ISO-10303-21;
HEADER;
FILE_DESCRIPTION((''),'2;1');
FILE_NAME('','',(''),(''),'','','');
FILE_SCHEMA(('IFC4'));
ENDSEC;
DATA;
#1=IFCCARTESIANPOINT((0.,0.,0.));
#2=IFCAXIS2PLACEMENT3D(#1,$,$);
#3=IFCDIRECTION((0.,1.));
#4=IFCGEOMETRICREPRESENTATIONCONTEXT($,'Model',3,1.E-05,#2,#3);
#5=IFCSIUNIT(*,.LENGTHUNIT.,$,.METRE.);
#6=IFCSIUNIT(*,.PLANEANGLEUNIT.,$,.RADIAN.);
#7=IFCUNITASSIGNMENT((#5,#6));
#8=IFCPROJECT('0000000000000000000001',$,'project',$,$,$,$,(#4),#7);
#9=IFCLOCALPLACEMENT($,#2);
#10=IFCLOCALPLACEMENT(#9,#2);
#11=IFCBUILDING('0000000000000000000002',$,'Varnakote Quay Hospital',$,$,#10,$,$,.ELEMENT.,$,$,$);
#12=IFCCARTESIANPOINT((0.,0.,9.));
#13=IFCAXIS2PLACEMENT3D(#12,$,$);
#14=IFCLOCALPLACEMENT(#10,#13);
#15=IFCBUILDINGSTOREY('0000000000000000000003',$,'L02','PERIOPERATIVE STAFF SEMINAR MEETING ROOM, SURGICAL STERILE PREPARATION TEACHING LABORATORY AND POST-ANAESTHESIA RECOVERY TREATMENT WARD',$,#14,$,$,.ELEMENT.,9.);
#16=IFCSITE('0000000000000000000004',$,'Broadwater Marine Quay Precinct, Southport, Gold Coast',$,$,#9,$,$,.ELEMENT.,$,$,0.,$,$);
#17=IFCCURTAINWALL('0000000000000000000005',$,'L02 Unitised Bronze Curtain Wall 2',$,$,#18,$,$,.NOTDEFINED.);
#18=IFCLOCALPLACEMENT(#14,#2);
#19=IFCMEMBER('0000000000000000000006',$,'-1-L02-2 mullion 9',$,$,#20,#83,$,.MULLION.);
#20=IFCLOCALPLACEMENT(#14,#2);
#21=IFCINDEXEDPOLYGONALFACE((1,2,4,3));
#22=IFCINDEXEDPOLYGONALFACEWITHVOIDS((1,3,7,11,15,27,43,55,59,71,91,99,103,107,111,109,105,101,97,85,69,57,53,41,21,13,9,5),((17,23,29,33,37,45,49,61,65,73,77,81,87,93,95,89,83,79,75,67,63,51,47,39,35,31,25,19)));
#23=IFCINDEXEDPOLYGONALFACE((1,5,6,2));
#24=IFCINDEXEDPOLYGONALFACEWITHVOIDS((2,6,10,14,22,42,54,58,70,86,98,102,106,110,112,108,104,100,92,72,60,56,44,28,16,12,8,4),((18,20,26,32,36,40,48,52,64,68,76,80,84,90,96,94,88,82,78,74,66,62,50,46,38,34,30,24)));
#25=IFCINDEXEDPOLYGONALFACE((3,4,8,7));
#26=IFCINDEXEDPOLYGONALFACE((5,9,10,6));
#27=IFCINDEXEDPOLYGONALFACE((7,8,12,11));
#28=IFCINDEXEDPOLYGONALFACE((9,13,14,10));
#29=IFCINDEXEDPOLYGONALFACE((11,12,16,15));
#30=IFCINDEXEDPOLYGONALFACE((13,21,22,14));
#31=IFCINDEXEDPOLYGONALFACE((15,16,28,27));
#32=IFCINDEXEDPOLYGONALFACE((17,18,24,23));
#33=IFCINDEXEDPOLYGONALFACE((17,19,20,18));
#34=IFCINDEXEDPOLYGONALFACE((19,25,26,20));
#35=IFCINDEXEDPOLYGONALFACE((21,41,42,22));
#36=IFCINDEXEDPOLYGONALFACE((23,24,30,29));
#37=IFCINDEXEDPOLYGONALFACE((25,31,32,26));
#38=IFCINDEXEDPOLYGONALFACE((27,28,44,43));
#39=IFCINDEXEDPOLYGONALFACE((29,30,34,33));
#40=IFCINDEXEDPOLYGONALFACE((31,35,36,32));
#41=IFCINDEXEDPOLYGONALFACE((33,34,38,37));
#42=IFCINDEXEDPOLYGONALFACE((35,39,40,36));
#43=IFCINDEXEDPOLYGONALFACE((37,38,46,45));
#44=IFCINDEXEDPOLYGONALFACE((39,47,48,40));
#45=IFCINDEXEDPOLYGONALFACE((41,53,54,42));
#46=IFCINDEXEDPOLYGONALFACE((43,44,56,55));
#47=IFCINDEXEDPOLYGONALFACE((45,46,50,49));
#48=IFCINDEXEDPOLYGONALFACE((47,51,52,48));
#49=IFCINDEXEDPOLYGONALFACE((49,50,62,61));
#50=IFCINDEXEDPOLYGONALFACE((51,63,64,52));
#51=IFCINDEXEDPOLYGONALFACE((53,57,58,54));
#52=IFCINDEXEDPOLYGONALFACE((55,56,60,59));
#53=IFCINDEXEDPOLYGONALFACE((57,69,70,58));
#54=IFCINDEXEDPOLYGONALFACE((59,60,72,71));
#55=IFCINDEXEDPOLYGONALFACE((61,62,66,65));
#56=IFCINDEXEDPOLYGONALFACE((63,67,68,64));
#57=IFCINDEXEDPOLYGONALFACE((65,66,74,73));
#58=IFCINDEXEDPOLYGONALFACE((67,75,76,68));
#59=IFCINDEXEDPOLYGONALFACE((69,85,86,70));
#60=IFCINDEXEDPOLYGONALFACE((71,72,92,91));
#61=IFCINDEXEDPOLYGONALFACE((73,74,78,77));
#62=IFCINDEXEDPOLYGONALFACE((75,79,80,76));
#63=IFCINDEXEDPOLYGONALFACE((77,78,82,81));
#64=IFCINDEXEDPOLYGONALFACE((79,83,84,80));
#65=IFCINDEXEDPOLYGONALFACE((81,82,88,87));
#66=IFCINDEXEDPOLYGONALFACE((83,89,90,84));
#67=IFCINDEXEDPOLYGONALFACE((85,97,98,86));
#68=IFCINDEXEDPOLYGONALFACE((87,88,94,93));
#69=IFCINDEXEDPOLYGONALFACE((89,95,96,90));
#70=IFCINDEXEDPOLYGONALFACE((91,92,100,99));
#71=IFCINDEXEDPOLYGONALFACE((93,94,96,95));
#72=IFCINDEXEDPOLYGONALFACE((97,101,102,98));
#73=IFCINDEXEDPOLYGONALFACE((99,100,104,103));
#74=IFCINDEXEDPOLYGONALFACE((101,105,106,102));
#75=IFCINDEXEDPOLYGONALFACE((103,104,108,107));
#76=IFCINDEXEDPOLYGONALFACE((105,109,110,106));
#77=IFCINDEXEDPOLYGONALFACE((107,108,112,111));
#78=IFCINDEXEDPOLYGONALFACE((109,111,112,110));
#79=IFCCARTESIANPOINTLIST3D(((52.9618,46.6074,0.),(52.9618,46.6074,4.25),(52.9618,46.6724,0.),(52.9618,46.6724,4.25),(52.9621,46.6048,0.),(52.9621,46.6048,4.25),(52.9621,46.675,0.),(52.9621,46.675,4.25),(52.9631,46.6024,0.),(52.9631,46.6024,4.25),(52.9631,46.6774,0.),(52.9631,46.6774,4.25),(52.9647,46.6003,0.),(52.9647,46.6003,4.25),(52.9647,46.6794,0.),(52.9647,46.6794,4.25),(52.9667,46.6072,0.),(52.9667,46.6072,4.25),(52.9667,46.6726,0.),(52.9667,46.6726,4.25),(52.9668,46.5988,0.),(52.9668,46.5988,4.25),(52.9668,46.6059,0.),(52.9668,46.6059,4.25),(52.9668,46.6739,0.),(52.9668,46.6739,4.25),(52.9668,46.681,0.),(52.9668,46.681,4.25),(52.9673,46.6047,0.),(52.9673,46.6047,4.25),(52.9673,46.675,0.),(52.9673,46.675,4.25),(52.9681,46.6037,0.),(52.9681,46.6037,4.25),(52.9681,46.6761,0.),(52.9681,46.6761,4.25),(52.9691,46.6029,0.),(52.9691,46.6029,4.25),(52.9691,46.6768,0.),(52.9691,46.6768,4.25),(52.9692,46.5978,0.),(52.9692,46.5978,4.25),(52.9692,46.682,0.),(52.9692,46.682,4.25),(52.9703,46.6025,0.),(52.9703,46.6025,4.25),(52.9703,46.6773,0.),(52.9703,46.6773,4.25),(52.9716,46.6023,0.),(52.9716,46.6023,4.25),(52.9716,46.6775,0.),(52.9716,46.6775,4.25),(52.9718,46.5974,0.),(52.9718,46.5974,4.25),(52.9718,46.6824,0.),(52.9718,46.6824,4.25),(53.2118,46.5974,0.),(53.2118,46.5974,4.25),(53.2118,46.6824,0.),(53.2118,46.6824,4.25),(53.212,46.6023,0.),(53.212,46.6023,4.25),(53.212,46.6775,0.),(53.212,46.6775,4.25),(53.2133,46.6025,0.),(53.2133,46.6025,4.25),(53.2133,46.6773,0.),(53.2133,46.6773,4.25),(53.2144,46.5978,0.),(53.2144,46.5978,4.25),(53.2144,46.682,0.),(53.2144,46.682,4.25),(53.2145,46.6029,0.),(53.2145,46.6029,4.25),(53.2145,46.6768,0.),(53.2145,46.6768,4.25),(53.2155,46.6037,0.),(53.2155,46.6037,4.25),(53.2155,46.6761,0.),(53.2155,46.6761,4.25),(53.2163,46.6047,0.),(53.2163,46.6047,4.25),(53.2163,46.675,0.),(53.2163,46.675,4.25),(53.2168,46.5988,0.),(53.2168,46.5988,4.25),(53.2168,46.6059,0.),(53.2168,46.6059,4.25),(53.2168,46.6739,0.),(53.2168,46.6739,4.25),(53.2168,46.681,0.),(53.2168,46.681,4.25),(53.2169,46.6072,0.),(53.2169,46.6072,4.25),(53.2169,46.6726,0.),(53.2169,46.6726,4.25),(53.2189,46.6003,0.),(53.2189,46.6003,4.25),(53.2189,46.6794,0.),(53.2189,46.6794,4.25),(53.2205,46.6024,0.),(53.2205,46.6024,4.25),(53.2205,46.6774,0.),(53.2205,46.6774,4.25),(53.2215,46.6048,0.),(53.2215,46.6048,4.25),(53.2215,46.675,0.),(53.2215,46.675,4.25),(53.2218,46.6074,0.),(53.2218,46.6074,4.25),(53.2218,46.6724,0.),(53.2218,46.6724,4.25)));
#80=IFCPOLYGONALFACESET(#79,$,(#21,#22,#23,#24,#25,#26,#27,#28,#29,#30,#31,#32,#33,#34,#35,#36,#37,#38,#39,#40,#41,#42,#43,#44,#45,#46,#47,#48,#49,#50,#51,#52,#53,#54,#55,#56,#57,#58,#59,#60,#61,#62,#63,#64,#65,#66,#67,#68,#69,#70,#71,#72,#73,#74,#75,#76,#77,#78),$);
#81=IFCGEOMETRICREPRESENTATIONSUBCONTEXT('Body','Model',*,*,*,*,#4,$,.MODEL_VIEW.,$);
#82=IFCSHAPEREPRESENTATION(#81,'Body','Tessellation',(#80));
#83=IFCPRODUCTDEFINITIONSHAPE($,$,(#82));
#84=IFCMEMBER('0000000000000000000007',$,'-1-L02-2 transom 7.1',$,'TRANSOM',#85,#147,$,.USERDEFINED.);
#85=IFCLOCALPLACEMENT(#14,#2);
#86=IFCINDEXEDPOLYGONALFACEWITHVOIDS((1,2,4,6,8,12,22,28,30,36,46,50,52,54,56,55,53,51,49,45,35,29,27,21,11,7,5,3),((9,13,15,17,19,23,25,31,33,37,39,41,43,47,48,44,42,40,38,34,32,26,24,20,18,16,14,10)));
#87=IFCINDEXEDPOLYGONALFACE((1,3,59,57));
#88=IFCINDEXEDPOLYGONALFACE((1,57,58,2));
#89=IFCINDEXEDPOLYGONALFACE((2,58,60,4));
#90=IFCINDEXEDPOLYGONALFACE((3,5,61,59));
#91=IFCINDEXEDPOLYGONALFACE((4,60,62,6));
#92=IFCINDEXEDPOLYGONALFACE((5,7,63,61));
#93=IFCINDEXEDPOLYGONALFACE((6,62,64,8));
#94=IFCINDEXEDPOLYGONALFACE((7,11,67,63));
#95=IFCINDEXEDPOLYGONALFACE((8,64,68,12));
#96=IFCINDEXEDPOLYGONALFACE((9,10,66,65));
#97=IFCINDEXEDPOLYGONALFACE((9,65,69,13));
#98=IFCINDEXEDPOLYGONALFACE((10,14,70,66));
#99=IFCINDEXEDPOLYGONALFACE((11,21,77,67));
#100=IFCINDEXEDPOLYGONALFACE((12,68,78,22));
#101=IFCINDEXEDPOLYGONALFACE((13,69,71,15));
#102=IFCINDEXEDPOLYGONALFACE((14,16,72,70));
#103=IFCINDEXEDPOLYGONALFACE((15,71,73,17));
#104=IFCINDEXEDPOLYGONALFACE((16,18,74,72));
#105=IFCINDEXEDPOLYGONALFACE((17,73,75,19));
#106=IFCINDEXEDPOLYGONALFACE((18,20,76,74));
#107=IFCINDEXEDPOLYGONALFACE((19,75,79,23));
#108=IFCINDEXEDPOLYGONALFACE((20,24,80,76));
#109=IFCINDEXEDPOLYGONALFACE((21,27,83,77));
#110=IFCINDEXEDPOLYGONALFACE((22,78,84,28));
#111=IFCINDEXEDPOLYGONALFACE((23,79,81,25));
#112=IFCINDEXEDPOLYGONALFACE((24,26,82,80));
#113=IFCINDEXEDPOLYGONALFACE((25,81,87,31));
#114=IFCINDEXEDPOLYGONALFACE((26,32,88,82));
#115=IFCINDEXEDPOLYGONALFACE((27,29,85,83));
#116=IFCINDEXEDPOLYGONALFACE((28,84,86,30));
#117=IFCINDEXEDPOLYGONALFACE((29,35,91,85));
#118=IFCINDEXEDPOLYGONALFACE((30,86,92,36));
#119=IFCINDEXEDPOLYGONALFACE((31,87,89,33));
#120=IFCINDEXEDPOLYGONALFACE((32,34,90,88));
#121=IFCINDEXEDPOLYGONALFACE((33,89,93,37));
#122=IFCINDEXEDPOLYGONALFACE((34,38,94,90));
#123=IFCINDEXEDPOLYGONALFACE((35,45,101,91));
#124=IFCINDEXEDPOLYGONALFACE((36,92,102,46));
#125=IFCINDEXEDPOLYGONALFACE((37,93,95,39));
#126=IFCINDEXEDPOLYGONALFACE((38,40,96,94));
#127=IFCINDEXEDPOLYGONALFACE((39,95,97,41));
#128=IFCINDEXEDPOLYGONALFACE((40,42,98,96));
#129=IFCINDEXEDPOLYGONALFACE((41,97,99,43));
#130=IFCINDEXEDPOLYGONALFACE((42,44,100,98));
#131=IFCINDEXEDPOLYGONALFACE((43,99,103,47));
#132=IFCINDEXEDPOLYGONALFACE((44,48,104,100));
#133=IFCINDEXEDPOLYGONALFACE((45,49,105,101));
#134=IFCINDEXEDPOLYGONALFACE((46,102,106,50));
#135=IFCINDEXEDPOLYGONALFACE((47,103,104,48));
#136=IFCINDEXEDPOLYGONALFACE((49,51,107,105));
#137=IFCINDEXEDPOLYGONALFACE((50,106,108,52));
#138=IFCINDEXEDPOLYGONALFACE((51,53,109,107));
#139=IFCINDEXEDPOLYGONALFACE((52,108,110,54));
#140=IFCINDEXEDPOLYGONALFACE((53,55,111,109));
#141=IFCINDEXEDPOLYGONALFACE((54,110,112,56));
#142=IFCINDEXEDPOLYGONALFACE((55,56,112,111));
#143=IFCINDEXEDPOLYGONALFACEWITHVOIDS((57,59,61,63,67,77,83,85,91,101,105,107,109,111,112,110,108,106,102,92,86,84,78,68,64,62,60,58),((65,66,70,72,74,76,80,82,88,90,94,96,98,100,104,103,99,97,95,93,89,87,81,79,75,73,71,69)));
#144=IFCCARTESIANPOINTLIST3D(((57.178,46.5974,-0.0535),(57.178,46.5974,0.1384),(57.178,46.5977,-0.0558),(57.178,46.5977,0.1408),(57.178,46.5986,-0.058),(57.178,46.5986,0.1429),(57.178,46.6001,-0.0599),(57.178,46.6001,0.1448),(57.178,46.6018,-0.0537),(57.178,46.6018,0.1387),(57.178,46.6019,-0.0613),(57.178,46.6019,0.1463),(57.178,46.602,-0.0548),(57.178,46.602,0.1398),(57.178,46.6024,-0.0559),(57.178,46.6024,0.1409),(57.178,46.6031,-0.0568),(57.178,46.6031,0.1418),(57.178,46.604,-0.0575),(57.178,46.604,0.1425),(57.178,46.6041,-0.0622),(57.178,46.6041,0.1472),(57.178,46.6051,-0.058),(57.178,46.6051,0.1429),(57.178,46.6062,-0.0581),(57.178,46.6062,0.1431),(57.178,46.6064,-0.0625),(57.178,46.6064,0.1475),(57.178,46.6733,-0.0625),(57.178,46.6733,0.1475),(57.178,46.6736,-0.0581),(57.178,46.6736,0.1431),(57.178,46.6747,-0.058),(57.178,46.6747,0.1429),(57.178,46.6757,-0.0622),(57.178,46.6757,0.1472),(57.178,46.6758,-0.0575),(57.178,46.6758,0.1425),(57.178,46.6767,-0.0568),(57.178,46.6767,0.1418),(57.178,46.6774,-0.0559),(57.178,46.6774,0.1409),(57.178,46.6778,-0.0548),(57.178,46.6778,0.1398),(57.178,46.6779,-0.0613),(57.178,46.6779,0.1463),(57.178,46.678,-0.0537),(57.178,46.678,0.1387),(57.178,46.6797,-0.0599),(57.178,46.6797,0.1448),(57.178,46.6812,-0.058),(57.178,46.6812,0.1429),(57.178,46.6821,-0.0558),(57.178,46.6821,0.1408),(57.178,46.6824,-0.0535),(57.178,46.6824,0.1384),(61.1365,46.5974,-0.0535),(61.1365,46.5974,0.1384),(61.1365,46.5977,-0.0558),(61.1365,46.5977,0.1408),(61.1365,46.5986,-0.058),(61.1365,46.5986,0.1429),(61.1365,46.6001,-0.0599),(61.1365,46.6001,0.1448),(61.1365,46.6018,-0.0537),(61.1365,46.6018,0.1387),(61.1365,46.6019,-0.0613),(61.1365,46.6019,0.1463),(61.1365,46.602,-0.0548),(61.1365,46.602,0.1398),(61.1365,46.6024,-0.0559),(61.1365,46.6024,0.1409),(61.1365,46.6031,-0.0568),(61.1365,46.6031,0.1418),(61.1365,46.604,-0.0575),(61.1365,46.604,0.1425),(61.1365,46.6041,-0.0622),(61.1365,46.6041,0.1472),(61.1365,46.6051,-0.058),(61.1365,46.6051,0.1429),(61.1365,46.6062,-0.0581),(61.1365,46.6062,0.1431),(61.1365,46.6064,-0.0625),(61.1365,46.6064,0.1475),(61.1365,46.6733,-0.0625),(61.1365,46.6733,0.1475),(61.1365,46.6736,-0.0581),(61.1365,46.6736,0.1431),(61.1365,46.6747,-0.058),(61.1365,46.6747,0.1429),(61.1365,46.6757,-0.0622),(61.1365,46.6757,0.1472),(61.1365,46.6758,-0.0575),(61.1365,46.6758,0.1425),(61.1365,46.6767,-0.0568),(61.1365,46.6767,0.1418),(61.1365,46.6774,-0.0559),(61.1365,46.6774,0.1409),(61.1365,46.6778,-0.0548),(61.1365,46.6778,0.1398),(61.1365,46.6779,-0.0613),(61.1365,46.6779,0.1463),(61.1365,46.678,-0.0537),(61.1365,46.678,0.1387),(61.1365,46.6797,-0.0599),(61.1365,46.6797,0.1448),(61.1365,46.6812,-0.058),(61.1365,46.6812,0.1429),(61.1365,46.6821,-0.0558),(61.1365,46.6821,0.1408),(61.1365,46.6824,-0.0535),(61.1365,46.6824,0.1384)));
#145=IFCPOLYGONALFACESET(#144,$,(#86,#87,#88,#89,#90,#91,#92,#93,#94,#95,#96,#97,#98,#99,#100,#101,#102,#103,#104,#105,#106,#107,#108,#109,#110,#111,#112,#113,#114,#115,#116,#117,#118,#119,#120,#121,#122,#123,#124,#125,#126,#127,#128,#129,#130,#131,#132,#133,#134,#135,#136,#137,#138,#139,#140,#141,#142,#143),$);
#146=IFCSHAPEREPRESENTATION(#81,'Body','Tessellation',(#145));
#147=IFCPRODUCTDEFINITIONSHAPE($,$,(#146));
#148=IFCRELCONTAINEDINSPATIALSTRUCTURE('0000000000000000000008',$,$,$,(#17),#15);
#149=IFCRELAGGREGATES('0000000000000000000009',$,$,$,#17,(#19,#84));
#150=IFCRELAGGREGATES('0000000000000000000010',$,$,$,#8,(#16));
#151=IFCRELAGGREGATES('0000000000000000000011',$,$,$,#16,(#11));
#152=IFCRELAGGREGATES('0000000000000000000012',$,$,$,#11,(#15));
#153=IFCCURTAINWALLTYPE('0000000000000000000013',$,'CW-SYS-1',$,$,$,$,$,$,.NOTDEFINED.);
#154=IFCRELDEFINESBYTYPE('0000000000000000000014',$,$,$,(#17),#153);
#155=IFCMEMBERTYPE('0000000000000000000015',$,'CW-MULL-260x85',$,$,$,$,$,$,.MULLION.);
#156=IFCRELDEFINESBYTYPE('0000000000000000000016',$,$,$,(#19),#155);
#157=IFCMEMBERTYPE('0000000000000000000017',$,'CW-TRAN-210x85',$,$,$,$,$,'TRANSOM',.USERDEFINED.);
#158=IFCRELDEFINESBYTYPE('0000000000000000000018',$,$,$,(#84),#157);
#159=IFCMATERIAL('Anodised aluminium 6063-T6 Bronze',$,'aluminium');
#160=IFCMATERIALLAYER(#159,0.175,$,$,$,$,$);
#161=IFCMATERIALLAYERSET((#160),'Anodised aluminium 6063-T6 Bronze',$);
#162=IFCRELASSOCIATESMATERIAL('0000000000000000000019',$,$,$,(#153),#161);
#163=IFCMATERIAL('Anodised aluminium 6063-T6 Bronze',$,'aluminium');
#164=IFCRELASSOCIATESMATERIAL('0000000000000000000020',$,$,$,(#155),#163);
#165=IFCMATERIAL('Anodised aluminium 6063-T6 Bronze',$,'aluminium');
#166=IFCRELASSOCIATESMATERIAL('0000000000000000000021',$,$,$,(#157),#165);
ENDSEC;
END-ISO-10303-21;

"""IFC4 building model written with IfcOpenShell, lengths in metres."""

from ifc_helpers import new_model, si_unit, direction, frame, origin, origin_2d, place, context, subcontext, project, spatial, hollow_rectangle, extrude, material, layer, layer_set, material_profile, profile_set, type_object, element, aggregate, save


model = new_model("IFC4")

# Units and contexts
model_context = context("Model", 3, precision=1e-05, world=origin(), true_north=direction((0.0, 1.0)))
body_context = subcontext(model_context, "Body", "Model", "MODEL_VIEW")
ifc_project = project(units=[si_unit("LENGTHUNIT", "METRE"), si_unit("PLANEANGLEUNIT", "RADIAN")], contexts=[model_context])

# Site, building, storey
site_placement = place(None, origin())
site = spatial("IfcSite", under=ifc_project, at=site_placement, Name="Broadwater Marine Quay Precinct, Southport, Gold Coast", CompositionType="ELEMENT", RefElevation=0.0)
building_placement = place(site_placement, origin())
building = spatial("IfcBuilding", under=site, at=building_placement, Name="Varnakote Quay Hospital", CompositionType="ELEMENT")
storey_placement = place(building_placement, frame((0.0, 0.0, 9.0)))
storey = spatial("IfcBuildingStorey", under=building, at=storey_placement, Name="L02", Description="PERIOPERATIVE STAFF SEMINAR MEETING ROOM, SURGICAL STERILE PREPARATION TEACHING LABORATORY AND POST-ANAESTHESIA RECOVERY TREATMENT WARD", CompositionType="ELEMENT", Elevation=9.0)

# Curtain wall, members
ifc_material_1 = material(Name="Anodised aluminium 6063-T6 Bronze", Category="aluminium")
ifc_layer_1 = layer(ifc_material_1, 0.175)
ifc_layer_set_1 = layer_set([ifc_layer_1], Name="Anodised aluminium 6063-T6 Bronze")
curtain_wall_type = type_object("IfcCurtainWallType", Name="CW-SYS-1", PredefinedType="NOTDEFINED", material=ifc_layer_set_1)
curtain_wall_placement = place(storey_placement, origin())
curtain_wall = element("IfcCurtainWall", 1, at=curtain_wall_placement, inside=storey, type_object=curtain_wall_type, Name="L02 Unitised Bronze Curtain Wall 2", PredefinedType="NOTDEFINED")
ifc_material_2 = material(Name="Anodised aluminium 6063-T6 Bronze", Category="aluminium")
ifc_material_profile_1 = material_profile(ifc_material_2, hollow_rectangle(XDim=0.085, YDim=0.26, WallThickness=0.0049, InnerFilletRadius=0.0049, OuterFilletRadius=0.01, at=origin_2d()), Name="CW-MULL-260x85")
ifc_profile_set_1 = profile_set([ifc_material_profile_1], Name="Anodised aluminium 6063-T6 Bronze")
member_type_1 = type_object("IfcMemberType", Name="CW-MULL-260x85", PredefinedType="MULLION", material=ifc_profile_set_1)
member_1_placement = place(storey_placement, frame((53.0918, 46.6399, 0.0), z_axis=(0.0, 0.0, 1.0), x_axis=(0.0, -1.0, 0.0)))
member_1 = element("IfcMember", 2, at=member_1_placement, type_object=member_type_1, Name="-1-L02-2 mullion 9", PredefinedType="MULLION", context=body_context, shape_type="SweptSolid", body=[
    extrude(hollow_rectangle(XDim=0.085, YDim=0.26, WallThickness=0.0049, InnerFilletRadius=0.0049, OuterFilletRadius=0.01, at=origin_2d()), origin(), (0.0, 0.0, 1.0), 4.25),
])
ifc_material_3 = material(Name="Anodised aluminium 6063-T6 Bronze", Category="aluminium")
ifc_material_profile_2 = material_profile(ifc_material_3, hollow_rectangle(XDim=0.085, YDim=0.21, WallThickness=0.0044, InnerFilletRadius=0.0044, OuterFilletRadius=0.009, at=origin_2d()), Name="CW-TRAN-210x85")
ifc_profile_set_2 = profile_set([ifc_material_profile_2], Name="Anodised aluminium 6063-T6 Bronze")
member_type_2 = type_object("IfcMemberType", Name="CW-TRAN-210x85", ElementType="TRANSOM", PredefinedType="USERDEFINED", material=ifc_profile_set_2)
member_2_placement = place(storey_placement, frame((61.1365, 46.6399, 0.0425), z_axis=(-1.0, 0.0, 0.0), x_axis=(0.0, -1.0, 0.0)))
member_2 = element("IfcMember", 3, at=member_2_placement, type_object=member_type_2, Name="-1-L02-2 transom 7.1", ObjectType="TRANSOM", PredefinedType="USERDEFINED", context=body_context, shape_type="SweptSolid", body=[
    extrude(hollow_rectangle(XDim=0.085, YDim=0.21, WallThickness=0.0044, InnerFilletRadius=0.0044, OuterFilletRadius=0.009, at=origin_2d()), origin(), (0.0, 0.0, 1.0), 3.9585),
])

aggregate(curtain_wall, [member_1, member_2])

save(model, "model.ifc")
